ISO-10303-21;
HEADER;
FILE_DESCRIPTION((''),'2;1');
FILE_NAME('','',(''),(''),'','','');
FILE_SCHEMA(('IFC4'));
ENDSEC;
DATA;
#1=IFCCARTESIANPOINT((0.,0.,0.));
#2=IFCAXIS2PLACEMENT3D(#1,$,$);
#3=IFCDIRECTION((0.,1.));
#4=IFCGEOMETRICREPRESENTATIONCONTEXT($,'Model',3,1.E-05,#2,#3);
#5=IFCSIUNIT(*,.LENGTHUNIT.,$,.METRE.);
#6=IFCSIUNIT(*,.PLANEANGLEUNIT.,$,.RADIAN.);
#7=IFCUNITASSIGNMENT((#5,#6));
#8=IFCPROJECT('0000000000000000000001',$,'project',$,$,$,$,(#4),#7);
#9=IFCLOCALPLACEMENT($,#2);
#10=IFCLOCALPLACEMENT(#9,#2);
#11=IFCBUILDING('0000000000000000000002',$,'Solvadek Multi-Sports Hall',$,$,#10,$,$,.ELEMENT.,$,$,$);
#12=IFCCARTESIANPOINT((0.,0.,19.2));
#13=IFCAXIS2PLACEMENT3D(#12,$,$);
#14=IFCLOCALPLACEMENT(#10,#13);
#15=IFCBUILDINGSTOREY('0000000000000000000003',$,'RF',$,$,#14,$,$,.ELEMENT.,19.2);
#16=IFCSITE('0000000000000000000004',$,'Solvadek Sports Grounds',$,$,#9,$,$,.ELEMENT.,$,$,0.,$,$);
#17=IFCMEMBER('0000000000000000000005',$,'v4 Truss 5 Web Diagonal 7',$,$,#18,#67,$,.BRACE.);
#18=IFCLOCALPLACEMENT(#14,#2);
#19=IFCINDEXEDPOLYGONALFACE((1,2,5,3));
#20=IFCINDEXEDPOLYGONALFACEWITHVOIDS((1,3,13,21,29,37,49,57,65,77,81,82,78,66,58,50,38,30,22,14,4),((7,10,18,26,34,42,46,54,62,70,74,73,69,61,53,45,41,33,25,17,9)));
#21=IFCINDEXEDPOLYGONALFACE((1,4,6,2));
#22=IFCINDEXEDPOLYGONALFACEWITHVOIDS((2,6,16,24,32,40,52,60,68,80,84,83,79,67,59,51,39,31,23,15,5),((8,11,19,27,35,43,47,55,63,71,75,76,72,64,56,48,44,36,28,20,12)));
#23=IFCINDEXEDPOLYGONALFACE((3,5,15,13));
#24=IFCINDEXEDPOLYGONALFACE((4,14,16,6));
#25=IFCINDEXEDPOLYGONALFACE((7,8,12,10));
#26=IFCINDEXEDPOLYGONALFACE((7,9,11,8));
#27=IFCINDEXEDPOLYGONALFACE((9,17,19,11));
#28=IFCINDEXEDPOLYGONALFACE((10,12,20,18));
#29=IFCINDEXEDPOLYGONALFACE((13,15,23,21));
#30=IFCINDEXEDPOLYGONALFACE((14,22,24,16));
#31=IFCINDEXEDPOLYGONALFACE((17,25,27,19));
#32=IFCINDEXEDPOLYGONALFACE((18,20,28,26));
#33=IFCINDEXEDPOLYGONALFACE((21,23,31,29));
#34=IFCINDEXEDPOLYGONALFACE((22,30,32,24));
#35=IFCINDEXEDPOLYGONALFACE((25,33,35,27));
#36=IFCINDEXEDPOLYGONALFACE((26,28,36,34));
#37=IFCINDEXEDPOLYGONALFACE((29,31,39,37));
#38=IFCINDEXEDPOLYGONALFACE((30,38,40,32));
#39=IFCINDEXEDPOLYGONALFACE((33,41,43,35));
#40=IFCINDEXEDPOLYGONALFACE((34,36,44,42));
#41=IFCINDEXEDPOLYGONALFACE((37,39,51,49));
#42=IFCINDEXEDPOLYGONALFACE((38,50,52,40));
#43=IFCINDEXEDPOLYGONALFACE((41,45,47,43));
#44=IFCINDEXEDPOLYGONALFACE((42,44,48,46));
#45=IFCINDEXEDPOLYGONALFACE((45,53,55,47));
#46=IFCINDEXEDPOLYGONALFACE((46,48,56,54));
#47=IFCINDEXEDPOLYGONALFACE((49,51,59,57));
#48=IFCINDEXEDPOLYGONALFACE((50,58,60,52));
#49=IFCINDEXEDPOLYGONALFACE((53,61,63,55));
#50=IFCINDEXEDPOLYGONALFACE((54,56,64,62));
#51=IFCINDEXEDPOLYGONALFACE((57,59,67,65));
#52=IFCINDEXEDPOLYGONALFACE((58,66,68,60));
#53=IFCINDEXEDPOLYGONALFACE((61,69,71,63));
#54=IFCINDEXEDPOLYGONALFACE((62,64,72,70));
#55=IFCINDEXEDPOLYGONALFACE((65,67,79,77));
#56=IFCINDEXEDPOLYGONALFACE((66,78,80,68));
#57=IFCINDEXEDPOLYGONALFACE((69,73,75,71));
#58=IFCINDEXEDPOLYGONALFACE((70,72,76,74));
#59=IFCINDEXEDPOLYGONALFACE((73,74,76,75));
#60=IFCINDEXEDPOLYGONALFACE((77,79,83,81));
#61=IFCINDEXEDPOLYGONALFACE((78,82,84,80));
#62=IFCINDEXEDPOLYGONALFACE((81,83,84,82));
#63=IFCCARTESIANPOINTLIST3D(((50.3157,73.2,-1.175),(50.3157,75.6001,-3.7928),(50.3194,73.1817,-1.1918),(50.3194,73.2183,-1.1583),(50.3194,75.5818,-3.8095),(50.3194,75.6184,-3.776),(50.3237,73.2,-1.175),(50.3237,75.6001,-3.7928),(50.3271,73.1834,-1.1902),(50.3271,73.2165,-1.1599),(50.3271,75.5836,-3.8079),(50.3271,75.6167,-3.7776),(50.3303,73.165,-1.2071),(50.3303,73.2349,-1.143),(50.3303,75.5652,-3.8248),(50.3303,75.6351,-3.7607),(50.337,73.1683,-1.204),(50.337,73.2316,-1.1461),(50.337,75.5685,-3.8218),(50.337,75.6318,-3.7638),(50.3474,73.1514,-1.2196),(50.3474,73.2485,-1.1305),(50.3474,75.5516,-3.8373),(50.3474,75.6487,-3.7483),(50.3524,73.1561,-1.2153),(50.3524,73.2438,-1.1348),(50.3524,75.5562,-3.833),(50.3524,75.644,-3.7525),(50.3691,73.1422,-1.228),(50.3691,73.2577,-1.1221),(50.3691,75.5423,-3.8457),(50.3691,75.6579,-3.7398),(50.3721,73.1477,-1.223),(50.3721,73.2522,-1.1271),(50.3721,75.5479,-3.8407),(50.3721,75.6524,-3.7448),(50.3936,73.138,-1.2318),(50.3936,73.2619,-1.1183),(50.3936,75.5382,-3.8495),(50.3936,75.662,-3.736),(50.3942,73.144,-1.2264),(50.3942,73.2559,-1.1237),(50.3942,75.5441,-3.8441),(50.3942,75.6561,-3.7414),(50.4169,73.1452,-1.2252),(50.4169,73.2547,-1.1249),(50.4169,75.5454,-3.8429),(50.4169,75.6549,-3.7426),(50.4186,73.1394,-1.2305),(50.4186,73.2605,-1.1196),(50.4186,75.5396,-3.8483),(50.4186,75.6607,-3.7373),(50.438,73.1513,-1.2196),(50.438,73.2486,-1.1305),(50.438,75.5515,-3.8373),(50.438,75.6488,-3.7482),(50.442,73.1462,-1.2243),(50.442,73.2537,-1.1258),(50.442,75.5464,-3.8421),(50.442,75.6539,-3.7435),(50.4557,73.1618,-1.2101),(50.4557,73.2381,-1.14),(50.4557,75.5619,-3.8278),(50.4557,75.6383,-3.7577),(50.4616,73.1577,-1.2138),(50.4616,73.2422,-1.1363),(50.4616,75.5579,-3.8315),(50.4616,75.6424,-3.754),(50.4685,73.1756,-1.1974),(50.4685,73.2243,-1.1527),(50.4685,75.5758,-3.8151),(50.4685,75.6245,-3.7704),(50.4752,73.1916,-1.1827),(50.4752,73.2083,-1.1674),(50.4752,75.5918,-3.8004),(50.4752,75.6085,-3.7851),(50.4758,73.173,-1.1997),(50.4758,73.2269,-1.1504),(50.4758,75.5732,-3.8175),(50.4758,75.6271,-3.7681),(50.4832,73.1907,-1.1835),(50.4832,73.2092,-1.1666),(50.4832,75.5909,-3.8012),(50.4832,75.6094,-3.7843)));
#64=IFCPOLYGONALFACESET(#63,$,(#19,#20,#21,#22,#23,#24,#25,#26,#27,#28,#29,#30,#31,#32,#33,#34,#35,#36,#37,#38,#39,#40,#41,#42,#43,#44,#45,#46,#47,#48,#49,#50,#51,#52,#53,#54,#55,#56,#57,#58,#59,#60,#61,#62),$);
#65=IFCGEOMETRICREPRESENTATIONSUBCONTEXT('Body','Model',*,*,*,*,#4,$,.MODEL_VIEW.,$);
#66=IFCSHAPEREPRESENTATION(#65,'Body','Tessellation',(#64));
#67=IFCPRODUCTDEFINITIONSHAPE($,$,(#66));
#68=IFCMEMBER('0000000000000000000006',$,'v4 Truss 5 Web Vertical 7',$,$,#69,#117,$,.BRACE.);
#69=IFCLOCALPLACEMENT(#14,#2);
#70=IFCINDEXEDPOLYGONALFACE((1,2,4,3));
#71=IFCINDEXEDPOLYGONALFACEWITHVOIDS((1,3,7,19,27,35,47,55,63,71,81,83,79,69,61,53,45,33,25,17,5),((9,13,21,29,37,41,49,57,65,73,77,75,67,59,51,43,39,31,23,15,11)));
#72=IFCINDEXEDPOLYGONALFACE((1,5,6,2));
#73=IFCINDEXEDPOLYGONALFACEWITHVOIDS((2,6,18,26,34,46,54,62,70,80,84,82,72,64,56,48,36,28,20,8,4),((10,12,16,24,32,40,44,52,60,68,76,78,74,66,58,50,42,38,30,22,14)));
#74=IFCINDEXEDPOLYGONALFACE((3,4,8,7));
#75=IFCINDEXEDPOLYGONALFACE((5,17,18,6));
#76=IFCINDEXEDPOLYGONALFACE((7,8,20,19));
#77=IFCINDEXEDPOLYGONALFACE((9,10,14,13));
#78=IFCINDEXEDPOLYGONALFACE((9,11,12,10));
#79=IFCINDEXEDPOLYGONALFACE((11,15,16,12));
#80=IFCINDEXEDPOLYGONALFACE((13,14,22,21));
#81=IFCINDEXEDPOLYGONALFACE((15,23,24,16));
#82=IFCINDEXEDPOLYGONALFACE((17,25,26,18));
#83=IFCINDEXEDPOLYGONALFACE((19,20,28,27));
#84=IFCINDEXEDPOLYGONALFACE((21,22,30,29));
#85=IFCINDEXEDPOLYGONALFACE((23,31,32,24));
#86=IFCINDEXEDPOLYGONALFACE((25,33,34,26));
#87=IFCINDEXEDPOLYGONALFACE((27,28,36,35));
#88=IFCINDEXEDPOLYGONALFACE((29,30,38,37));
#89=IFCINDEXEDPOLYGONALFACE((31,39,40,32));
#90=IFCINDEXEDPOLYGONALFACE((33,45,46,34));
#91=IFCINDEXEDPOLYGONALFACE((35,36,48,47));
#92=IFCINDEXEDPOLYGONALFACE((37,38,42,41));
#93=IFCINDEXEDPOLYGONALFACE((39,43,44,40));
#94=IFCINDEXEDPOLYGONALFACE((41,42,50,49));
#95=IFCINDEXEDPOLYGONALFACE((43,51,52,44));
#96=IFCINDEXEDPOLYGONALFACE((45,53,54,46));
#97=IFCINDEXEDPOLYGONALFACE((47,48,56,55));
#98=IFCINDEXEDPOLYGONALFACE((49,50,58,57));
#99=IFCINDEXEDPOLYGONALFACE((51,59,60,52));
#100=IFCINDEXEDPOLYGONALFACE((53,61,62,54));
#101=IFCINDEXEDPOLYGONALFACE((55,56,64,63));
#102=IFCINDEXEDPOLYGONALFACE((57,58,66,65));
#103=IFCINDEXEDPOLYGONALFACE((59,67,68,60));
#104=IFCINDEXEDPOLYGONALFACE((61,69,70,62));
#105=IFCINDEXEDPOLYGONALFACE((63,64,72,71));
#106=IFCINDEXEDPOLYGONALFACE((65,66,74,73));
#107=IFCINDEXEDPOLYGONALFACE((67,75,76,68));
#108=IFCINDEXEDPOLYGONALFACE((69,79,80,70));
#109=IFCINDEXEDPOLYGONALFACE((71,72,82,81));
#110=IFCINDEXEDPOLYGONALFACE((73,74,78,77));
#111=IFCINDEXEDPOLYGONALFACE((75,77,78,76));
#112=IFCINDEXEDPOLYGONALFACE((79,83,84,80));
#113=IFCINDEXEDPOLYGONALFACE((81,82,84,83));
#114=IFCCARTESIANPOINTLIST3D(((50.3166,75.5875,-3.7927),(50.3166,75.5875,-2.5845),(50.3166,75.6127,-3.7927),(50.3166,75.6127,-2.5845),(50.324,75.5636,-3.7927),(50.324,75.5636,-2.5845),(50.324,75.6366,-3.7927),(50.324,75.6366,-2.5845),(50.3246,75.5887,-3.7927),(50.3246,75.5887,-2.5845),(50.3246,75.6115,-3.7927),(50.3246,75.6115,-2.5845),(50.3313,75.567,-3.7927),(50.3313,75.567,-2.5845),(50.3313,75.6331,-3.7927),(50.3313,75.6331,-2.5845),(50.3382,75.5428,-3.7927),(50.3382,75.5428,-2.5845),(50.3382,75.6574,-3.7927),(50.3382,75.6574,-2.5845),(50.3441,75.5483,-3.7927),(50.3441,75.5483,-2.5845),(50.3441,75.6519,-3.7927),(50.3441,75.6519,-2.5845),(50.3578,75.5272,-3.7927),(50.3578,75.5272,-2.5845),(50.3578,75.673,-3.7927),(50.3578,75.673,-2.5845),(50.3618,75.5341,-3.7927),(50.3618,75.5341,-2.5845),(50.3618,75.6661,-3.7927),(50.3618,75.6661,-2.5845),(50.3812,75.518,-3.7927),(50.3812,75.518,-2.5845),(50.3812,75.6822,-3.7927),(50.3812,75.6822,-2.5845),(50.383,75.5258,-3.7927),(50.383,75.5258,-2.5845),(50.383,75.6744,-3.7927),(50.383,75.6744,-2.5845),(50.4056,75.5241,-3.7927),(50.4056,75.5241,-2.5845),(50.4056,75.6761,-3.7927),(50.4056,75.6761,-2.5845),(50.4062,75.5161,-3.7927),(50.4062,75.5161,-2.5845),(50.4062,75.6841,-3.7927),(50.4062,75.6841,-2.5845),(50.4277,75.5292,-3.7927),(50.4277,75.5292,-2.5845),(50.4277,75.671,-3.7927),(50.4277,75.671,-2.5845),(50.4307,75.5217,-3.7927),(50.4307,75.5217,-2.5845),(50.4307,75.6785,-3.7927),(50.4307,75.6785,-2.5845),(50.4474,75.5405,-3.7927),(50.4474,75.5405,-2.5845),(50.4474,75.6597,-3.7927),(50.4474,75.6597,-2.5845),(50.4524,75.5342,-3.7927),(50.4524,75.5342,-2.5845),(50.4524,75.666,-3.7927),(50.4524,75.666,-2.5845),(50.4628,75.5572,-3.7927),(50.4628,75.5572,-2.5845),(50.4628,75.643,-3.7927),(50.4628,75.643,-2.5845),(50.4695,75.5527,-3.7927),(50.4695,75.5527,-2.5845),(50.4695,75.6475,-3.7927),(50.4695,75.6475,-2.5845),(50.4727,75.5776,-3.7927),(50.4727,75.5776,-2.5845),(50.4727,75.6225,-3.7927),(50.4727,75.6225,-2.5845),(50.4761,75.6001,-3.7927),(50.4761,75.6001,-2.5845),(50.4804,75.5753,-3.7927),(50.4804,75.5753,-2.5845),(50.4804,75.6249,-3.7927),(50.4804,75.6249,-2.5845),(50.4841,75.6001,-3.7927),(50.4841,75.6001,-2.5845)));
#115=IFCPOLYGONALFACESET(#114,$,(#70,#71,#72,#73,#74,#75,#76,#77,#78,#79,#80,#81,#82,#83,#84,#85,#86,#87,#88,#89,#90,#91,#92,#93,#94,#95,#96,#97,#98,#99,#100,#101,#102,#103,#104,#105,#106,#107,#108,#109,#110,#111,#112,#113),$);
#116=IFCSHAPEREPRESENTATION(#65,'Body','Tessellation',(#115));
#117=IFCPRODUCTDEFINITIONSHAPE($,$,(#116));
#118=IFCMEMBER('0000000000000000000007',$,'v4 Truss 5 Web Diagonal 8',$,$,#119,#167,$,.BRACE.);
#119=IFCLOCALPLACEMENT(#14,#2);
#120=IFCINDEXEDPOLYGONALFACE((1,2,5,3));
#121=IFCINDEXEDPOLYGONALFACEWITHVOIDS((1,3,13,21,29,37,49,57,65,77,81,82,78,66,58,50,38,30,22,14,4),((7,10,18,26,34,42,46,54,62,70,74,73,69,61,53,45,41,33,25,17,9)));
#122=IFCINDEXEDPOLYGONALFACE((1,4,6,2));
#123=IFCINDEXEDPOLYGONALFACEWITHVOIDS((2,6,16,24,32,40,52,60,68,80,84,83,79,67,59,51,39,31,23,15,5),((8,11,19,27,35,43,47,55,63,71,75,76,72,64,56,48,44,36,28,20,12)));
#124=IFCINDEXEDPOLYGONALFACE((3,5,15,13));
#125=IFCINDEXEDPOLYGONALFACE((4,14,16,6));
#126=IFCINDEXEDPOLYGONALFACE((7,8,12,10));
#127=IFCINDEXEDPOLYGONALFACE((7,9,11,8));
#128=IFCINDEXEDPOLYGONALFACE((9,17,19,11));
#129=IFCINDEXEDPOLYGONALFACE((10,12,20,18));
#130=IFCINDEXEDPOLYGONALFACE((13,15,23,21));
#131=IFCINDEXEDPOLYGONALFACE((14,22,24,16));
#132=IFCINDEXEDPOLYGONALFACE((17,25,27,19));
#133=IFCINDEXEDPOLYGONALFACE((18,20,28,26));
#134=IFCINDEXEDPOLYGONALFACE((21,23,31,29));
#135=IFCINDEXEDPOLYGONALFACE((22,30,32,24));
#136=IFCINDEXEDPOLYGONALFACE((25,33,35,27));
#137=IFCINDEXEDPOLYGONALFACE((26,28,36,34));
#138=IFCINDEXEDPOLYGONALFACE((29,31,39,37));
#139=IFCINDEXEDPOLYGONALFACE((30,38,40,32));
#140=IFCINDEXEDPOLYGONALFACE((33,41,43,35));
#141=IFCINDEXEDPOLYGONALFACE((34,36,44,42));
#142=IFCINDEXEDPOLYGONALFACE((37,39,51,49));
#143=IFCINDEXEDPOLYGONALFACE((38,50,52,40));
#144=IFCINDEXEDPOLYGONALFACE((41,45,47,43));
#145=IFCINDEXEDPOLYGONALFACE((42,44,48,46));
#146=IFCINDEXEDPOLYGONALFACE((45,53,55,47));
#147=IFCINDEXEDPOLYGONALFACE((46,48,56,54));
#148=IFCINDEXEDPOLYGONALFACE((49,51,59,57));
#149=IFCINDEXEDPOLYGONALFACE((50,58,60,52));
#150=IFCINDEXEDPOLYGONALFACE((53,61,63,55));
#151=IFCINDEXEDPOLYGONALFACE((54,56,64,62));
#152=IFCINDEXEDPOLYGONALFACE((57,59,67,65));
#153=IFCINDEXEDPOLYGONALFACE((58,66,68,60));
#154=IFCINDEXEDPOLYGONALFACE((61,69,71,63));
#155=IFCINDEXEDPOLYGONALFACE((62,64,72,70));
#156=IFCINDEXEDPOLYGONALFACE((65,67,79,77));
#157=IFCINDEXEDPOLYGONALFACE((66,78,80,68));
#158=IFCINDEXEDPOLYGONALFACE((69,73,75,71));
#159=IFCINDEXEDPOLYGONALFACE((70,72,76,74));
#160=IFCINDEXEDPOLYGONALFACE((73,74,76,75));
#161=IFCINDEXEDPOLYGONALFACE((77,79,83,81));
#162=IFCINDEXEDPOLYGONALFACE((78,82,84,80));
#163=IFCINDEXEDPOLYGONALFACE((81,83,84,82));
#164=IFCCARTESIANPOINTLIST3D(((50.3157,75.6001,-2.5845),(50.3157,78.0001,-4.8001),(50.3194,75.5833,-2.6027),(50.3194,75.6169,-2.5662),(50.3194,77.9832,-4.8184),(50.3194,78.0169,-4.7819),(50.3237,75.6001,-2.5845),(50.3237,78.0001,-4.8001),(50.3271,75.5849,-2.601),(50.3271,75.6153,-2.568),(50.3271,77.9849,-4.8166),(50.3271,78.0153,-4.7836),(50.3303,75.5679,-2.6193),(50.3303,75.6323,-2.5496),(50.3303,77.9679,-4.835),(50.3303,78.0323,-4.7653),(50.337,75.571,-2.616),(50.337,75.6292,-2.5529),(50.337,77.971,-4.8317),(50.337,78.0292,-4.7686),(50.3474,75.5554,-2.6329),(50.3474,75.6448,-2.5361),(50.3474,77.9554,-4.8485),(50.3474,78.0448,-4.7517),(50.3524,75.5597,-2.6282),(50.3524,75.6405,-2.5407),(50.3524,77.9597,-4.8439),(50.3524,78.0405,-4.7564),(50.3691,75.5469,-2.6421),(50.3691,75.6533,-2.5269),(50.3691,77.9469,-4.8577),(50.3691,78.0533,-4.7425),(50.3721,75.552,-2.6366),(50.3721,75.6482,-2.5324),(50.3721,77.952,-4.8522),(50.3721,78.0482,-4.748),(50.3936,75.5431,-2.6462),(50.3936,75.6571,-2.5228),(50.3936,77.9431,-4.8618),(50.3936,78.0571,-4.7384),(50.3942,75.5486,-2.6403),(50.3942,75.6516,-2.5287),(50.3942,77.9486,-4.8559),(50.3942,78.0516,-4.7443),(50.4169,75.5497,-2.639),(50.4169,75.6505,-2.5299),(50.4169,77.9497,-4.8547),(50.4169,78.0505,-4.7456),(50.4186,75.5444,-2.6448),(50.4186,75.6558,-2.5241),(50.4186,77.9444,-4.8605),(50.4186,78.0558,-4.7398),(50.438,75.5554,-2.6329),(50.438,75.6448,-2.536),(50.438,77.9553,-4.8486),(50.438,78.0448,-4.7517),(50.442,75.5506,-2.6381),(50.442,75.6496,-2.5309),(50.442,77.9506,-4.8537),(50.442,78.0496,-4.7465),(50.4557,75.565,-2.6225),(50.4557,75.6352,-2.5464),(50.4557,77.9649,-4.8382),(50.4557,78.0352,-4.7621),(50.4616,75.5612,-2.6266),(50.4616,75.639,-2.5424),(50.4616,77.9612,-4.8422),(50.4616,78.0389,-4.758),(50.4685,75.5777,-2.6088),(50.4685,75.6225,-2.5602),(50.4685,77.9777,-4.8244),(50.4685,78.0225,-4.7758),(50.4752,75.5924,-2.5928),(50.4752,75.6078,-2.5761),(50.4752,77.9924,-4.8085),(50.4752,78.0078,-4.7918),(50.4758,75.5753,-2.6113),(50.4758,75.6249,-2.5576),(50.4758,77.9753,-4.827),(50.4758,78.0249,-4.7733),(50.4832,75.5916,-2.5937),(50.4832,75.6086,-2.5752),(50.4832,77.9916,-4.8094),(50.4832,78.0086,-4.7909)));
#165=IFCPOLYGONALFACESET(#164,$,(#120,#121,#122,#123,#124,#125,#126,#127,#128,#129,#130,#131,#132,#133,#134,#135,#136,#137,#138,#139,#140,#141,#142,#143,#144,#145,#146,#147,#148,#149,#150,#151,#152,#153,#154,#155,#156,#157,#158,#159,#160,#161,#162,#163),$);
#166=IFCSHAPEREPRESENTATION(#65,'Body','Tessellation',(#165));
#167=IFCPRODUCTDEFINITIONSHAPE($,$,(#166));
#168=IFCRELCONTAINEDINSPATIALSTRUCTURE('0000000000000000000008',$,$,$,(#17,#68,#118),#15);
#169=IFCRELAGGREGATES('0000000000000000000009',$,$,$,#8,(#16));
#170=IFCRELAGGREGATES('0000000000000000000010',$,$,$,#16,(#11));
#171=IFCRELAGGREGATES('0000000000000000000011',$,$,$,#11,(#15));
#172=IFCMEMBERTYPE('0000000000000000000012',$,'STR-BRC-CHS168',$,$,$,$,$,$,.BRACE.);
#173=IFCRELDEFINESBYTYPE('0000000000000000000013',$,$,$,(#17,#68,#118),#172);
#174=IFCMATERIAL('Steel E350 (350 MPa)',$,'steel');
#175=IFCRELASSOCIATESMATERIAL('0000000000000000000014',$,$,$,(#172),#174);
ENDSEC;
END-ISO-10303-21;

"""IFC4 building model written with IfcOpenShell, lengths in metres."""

from ifc_helpers import new_model, si_unit, direction, frame, origin, origin_2d, place, context, subcontext, project, spatial, hollow_circle, extrude, material, material_profile, profile_set, type_object, element, save


model = new_model("IFC4")

# Units and contexts
model_context = context("Model", 3, precision=1e-05, world=origin(), true_north=direction((0.0, 1.0)))
body_context = subcontext(model_context, "Body", "Model", "MODEL_VIEW")
ifc_project = project(units=[si_unit("LENGTHUNIT", "METRE"), si_unit("PLANEANGLEUNIT", "RADIAN")], contexts=[model_context])

# Site, building, storey
site_placement = place(None, origin())
site = spatial("IfcSite", under=ifc_project, at=site_placement, Name="Solvadek Sports Grounds", CompositionType="ELEMENT", RefElevation=0.0)
building_placement = place(site_placement, origin())
building = spatial("IfcBuilding", under=site, at=building_placement, Name="Solvadek Multi-Sports Hall", CompositionType="ELEMENT")
storey_placement = place(building_placement, frame((0.0, 0.0, 19.2)))
storey = spatial("IfcBuildingStorey", under=building, at=storey_placement, Name="RF", CompositionType="ELEMENT", Elevation=19.2)

# Shared definitions
ifc_material_1 = material(Name="Steel E350 (350 MPa)", Category="steel")

# Members
ifc_material_profile_1 = material_profile(ifc_material_1, hollow_circle(Radius=0.0842, WallThickness=0.0081, at=origin_2d()), Name="CHS 168.3x8")
ifc_profile_set_1 = profile_set([ifc_material_profile_1], Name="Steel E350 (350 MPa)")
member_type_1 = type_object("IfcMemberType", Name="STR-BRC-CHS168", PredefinedType="BRACE", material=ifc_profile_set_1)
member_1_placement = place(storey_placement, frame((50.3999, 73.2, -1.175), z_axis=(0.0, 0.675818, -0.737069), x_axis=(-1.0, 0.0, 0.0)))
element("IfcMember", 1, at=member_1_placement, inside=storey, type_object=member_type_1, Name="v4 Truss 5 Web Diagonal 7", PredefinedType="BRACE", context=body_context, shape_type="SweptSolid", body=[
    extrude(hollow_circle(Radius=0.0842, WallThickness=0.0081, at=origin_2d()), origin(), (0.0, 0.0, 1.0), 3.5515),
])
member_2_placement = place(storey_placement, frame((50.3999, 75.6001, -3.7927), z_axis=(0.0, 0.0, 1.0), x_axis=(1.0, 0.0, 0.0)))
element("IfcMember", 2, at=member_2_placement, inside=storey, type_object=member_type_1, Name="v4 Truss 5 Web Vertical 7", PredefinedType="BRACE", context=body_context, shape_type="SweptSolid", body=[
    extrude(hollow_circle(Radius=0.0842, WallThickness=0.0081, at=origin_2d()), origin(), (0.0, 0.0, 1.0), 1.2083),
])
member_3_placement = place(storey_placement, frame((50.3999, 75.6001, -2.5845), z_axis=(0.0, 0.73476, -0.678327), x_axis=(-1.0, 0.0, 0.0)))
element("IfcMember", 3, at=member_3_placement, inside=storey, type_object=member_type_1, Name="v4 Truss 5 Web Diagonal 8", PredefinedType="BRACE", context=body_context, shape_type="SweptSolid", body=[
    extrude(hollow_circle(Radius=0.0842, WallThickness=0.0081, at=origin_2d()), origin(), (0.0, 0.0, 1.0), 3.2664),
])

save(model, "model.ifc")
